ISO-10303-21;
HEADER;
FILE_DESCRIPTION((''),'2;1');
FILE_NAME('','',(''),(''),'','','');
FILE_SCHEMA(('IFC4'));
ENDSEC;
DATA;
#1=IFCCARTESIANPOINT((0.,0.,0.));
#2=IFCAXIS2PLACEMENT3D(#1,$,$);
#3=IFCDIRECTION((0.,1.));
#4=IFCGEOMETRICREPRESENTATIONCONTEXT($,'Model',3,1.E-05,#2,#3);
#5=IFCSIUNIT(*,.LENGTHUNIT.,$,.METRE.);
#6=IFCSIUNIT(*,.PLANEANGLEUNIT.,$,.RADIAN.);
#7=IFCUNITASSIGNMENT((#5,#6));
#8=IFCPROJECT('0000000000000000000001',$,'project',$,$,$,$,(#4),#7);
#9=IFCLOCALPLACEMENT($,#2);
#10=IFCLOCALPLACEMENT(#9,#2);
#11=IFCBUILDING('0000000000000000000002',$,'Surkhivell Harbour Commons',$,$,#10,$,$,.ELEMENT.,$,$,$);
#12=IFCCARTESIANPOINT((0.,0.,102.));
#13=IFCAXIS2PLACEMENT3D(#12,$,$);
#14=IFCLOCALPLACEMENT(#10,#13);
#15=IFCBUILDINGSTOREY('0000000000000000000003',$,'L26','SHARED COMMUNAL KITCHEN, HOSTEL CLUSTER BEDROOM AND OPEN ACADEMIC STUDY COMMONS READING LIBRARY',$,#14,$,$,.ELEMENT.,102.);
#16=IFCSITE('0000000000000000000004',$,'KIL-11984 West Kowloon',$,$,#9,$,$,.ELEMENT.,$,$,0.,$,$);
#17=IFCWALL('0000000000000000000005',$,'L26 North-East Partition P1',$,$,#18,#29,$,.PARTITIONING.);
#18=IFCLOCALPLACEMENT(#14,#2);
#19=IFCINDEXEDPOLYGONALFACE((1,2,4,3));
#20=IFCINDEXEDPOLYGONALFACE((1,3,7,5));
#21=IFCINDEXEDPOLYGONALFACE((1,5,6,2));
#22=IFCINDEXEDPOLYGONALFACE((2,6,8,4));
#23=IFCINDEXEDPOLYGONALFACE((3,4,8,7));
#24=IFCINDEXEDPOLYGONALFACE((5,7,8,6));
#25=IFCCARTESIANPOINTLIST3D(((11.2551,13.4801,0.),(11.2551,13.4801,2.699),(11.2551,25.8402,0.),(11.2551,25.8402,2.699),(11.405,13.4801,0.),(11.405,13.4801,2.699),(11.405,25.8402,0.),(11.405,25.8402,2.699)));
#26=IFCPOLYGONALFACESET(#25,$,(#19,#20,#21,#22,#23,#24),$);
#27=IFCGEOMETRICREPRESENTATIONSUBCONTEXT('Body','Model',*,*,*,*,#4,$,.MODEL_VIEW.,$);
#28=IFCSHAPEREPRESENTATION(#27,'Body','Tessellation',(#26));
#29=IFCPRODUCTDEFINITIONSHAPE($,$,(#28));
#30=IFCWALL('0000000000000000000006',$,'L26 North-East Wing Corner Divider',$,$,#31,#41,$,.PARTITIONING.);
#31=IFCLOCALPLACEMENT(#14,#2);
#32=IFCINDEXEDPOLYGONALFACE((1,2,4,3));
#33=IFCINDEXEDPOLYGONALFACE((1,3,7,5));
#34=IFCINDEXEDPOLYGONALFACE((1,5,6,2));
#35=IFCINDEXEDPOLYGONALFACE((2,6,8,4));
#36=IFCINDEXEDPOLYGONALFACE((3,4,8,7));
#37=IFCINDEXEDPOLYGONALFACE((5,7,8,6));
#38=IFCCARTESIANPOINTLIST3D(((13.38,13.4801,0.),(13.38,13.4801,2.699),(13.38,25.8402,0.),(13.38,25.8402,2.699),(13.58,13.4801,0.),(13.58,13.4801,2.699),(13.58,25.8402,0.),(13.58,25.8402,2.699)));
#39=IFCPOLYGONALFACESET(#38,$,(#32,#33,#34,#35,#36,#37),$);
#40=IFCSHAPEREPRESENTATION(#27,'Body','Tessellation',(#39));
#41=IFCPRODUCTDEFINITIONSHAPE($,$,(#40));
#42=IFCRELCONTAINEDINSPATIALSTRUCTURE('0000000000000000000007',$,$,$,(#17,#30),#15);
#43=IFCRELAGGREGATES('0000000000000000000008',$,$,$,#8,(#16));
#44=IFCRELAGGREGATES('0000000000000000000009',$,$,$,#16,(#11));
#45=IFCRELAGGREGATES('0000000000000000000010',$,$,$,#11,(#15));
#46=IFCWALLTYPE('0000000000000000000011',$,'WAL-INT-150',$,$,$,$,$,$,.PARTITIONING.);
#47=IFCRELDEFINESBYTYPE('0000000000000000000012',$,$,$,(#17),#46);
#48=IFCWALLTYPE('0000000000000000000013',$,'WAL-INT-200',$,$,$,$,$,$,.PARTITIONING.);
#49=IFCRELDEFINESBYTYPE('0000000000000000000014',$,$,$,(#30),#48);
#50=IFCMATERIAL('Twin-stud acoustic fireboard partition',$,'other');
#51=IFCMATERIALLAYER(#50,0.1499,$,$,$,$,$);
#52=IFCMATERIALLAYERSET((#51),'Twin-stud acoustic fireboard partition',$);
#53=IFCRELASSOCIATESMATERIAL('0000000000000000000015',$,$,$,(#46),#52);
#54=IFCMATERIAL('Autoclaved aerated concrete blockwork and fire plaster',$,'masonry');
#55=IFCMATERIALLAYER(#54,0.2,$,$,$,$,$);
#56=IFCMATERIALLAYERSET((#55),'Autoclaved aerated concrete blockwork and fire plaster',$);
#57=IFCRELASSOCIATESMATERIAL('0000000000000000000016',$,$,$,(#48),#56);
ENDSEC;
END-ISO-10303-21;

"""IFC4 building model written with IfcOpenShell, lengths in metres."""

from ifc_helpers import new_model, si_unit, direction, frame, frame_2d, origin, place, context, subcontext, project, spatial, rectangle, extrude, material, layer, layer_set, type_object, element, save


model = new_model("IFC4")

# Units and contexts
model_context = context("Model", 3, precision=1e-05, world=origin(), true_north=direction((0.0, 1.0)))
body_context = subcontext(model_context, "Body", "Model", "MODEL_VIEW")
ifc_project = project(units=[si_unit("LENGTHUNIT", "METRE"), si_unit("PLANEANGLEUNIT", "RADIAN")], contexts=[model_context])

# Site, building, storey
site_placement = place(None, origin())
site = spatial("IfcSite", under=ifc_project, at=site_placement, Name="KIL-11984 West Kowloon", CompositionType="ELEMENT", RefElevation=0.0)
building_placement = place(site_placement, origin())
building = spatial("IfcBuilding", under=site, at=building_placement, Name="Surkhivell Harbour Commons", CompositionType="ELEMENT")
storey_placement = place(building_placement, frame((0.0, 0.0, 102.0)))
storey = spatial("IfcBuildingStorey", under=building, at=storey_placement, Name="L26", Description="SHARED COMMUNAL KITCHEN, HOSTEL CLUSTER BEDROOM AND OPEN ACADEMIC STUDY COMMONS READING LIBRARY", CompositionType="ELEMENT", Elevation=102.0)

# Walls
ifc_material_1 = material(Name="Twin-stud acoustic fireboard partition", Category="other")
ifc_layer_1 = layer(ifc_material_1, 0.1499)
ifc_layer_set_1 = layer_set([ifc_layer_1], Name="Twin-stud acoustic fireboard partition")
wall_type_1 = type_object("IfcWallType", Name="WAL-INT-150", PredefinedType="PARTITIONING", material=ifc_layer_set_1)
wall_1_placement = place(storey_placement, frame((11.3301, 13.48, 0.0), z_axis=(0.0, 0.0, 1.0), x_axis=(0.0, 1.0, 0.0)))
element("IfcWall", 1, at=wall_1_placement, inside=storey, type_object=wall_type_1, Name="L26 North-East Partition P1", PredefinedType="PARTITIONING", context=body_context, shape_type="SweptSolid", body=[
    extrude(rectangle(XDim=12.3601, YDim=0.1499, at=frame_2d((6.1802, 0.0))), origin(), (0.0, 0.0, 1.0), 2.699),
])
ifc_material_2 = material(Name="Autoclaved aerated concrete blockwork and fire plaster", Category="masonry")
ifc_layer_2 = layer(ifc_material_2, 0.2)
ifc_layer_set_2 = layer_set([ifc_layer_2], Name="Autoclaved aerated concrete blockwork and fire plaster")
wall_type_2 = type_object("IfcWallType", Name="WAL-INT-200", PredefinedType="PARTITIONING", material=ifc_layer_set_2)
wall_2_placement = place(storey_placement, frame((13.48, 13.48, 0.0), z_axis=(0.0, 0.0, 1.0), x_axis=(0.0, 1.0, 0.0)))
element("IfcWall", 2, at=wall_2_placement, inside=storey, type_object=wall_type_2, Name="L26 North-East Wing Corner Divider", PredefinedType="PARTITIONING", context=body_context, shape_type="SweptSolid", body=[
    extrude(rectangle(XDim=12.3601, YDim=0.2, at=frame_2d((6.1802, 0.0))), origin(), (0.0, 0.0, 1.0), 2.699),
])

save(model, "model.ifc")
